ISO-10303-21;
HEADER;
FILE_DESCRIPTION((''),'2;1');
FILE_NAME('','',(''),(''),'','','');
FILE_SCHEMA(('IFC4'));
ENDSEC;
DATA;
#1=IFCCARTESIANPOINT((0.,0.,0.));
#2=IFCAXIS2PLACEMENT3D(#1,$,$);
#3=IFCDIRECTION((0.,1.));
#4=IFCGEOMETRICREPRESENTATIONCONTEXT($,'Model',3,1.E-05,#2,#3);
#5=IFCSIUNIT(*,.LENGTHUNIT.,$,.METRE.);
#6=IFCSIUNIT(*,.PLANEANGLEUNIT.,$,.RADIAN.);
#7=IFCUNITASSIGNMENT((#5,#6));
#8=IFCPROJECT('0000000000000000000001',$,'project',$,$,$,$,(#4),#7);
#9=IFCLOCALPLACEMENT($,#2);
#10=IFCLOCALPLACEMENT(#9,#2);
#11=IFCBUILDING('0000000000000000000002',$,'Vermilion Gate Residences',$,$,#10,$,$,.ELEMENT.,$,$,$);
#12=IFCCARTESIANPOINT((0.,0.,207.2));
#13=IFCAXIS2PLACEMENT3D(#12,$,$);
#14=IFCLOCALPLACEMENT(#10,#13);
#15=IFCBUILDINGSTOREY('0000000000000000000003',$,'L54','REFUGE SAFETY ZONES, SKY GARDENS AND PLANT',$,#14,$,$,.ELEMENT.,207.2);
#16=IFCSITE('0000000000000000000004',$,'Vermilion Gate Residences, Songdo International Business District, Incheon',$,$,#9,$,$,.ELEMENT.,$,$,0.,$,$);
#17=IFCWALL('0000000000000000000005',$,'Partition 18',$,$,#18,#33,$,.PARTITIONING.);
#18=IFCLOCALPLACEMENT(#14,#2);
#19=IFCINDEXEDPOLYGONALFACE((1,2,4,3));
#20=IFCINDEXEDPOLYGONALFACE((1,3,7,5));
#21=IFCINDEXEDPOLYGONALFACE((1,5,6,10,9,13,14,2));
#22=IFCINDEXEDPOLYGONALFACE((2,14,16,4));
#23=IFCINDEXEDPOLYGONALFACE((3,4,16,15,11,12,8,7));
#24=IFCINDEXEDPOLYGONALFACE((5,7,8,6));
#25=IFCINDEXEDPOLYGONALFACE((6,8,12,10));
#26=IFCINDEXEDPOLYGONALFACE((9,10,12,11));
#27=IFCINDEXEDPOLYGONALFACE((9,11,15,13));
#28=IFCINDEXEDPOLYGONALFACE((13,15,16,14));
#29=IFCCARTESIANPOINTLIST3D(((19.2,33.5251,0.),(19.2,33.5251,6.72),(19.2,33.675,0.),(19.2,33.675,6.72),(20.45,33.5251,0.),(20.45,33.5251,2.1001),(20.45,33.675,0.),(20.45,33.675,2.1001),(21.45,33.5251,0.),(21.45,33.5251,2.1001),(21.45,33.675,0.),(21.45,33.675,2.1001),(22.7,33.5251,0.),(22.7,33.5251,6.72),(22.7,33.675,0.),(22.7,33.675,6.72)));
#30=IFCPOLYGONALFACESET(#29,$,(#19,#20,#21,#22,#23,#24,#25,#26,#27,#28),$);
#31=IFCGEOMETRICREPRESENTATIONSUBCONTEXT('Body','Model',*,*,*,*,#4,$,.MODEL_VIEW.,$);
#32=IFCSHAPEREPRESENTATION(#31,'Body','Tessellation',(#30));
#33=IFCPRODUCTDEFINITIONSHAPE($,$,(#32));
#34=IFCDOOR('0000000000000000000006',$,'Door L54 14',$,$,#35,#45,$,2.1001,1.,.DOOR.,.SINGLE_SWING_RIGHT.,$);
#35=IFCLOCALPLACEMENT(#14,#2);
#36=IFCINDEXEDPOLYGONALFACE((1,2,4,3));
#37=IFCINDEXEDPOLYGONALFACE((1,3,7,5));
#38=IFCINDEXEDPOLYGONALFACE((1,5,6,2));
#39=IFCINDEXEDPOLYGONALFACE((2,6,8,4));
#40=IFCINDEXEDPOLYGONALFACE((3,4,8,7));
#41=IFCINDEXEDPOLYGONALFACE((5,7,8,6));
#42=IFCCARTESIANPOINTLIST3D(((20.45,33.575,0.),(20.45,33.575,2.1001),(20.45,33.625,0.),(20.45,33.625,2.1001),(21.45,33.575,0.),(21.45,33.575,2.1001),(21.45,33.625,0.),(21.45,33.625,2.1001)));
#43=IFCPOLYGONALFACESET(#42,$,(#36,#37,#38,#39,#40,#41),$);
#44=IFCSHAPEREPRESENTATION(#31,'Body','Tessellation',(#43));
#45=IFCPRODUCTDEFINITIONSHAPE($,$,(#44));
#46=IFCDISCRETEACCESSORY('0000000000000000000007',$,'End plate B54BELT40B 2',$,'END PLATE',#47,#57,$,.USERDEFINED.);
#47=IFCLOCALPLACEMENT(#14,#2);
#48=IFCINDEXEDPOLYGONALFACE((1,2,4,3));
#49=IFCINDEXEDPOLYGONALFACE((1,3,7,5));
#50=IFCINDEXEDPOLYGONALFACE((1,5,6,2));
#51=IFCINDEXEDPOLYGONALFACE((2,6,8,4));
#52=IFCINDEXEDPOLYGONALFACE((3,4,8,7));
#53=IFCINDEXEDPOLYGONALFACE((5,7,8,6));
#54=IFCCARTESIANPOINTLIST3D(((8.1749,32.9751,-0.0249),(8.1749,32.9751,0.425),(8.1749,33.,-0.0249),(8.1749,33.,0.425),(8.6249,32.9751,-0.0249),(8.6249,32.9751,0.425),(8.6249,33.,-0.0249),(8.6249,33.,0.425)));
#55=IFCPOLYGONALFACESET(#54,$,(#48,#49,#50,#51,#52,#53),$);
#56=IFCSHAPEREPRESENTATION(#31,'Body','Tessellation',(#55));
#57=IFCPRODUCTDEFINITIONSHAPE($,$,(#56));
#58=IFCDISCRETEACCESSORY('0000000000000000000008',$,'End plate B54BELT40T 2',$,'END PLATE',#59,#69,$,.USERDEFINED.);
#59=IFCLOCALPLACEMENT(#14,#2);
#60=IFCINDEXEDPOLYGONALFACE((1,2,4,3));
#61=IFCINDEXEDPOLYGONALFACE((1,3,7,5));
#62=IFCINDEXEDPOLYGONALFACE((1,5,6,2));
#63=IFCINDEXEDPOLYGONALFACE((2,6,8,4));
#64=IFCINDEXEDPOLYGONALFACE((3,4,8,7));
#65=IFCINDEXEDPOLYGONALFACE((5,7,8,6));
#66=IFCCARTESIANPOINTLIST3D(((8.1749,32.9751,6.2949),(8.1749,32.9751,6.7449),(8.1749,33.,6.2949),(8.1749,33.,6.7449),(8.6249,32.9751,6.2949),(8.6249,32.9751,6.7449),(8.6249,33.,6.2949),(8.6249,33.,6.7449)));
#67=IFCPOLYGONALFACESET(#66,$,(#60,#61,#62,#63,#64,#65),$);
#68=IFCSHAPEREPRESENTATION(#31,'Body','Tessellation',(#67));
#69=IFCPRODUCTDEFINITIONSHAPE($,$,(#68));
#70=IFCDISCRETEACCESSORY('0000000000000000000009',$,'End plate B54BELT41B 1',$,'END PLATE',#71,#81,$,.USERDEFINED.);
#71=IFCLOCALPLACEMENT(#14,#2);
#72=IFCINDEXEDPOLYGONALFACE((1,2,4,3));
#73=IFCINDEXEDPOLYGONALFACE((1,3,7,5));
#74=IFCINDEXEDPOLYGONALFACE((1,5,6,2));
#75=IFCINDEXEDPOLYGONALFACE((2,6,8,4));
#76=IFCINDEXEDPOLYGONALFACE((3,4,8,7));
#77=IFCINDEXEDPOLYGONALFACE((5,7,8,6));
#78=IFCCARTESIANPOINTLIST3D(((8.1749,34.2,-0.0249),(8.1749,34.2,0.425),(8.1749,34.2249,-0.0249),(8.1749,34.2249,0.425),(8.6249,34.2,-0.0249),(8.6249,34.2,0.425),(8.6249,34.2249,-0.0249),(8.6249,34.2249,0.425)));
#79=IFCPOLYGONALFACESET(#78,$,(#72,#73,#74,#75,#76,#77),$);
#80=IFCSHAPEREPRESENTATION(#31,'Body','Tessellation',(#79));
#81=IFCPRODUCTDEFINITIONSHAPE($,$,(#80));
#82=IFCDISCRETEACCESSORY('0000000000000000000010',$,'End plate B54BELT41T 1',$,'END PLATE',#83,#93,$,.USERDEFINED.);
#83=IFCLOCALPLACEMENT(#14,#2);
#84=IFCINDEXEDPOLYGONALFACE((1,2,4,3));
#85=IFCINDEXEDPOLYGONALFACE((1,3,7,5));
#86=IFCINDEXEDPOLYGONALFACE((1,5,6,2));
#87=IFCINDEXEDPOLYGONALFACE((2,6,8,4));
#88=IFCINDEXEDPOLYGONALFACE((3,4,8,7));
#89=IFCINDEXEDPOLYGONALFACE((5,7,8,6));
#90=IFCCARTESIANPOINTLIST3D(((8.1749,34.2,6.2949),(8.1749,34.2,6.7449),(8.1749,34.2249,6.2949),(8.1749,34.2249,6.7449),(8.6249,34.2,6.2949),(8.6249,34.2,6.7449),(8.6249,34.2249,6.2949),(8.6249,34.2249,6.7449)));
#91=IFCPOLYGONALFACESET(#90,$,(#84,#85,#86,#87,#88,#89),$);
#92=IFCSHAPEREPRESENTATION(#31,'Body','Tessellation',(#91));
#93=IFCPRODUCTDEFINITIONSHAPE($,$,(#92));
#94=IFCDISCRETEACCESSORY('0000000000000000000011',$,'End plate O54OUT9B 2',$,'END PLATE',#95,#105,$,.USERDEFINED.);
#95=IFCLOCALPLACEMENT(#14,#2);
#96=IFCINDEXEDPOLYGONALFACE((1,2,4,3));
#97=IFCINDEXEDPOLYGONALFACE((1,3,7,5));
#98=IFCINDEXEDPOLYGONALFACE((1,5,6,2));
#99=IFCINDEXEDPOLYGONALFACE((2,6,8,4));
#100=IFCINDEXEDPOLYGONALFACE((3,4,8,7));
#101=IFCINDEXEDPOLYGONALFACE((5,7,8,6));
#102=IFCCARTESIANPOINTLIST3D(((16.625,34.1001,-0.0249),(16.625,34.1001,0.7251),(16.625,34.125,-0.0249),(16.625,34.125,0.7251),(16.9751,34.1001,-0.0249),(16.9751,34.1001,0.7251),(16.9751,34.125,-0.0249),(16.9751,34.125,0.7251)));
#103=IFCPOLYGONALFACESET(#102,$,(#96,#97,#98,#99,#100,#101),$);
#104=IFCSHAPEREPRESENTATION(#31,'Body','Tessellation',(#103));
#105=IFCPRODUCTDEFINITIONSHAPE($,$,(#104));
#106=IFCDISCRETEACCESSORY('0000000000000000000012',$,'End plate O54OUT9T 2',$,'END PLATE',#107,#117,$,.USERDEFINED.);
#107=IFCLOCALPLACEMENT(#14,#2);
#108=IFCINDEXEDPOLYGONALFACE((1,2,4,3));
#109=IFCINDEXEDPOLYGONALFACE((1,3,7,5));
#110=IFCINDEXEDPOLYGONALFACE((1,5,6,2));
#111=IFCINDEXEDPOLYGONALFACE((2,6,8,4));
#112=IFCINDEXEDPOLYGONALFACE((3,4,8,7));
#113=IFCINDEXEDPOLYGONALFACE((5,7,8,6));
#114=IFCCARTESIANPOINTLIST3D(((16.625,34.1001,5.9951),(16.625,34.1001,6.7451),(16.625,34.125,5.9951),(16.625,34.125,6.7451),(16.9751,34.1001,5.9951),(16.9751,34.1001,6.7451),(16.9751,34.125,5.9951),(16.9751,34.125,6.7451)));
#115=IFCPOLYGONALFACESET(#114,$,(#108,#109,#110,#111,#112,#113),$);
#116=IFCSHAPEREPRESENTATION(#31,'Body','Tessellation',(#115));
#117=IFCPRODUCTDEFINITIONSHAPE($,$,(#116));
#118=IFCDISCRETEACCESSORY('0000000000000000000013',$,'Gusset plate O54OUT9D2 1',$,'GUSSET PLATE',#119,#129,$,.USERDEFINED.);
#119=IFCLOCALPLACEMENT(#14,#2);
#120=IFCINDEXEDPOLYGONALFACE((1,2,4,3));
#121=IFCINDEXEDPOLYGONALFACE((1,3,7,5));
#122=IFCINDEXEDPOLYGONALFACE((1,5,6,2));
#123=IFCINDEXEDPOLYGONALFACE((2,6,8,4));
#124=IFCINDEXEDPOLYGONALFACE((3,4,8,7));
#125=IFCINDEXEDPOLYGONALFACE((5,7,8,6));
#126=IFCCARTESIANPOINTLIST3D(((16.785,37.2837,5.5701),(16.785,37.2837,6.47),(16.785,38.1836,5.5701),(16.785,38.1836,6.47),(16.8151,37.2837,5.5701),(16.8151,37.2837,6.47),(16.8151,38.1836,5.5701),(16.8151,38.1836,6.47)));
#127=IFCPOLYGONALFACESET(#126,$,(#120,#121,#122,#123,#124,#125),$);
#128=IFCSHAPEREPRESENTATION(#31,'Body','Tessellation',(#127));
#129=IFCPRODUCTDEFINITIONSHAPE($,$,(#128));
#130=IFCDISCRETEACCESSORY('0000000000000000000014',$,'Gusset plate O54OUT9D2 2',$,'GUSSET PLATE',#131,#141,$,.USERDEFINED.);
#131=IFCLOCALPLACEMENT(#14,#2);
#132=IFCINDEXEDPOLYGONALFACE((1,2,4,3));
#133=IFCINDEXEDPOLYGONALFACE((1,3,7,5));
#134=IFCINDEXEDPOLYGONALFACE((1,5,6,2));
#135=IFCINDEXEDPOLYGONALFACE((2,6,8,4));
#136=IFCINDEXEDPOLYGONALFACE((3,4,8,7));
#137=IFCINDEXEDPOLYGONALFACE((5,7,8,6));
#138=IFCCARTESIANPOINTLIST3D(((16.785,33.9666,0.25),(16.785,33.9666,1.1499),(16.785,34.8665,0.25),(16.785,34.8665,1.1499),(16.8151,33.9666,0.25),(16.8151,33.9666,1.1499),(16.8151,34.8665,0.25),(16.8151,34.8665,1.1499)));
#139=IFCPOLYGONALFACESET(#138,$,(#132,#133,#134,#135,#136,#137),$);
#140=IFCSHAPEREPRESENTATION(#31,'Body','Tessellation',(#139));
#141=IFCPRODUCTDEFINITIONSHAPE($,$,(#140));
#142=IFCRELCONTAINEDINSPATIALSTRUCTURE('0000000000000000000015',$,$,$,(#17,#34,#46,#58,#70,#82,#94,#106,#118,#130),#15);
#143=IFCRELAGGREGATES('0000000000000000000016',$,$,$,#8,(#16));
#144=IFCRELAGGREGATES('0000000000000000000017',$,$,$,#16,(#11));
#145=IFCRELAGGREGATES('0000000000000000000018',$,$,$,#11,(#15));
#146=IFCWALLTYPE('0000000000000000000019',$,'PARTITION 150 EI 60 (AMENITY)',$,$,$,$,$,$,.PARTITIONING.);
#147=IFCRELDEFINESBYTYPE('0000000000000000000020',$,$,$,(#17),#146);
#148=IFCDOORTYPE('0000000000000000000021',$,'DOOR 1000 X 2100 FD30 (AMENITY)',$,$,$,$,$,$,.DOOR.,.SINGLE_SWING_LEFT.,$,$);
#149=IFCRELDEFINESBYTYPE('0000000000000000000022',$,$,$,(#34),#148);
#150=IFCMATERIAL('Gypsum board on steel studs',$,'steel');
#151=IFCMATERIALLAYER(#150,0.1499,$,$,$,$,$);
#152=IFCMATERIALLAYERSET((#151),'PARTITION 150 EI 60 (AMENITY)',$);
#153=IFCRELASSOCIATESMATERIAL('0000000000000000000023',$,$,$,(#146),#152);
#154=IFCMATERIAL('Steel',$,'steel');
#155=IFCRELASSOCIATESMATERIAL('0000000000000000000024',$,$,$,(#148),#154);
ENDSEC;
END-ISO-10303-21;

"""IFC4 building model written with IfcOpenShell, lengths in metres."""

from ifc_helpers import new_model, si_unit, direction, frame, frame_2d, origin, origin_2d, place, context, subcontext, project, spatial, rectangle, extrude, material, layer, layer_set, type_object, element, fill, save


model = new_model("IFC4")

# Units and contexts
model_context = context("Model", 3, precision=1e-05, world=origin(), true_north=direction((0.0, 1.0)))
body_context = subcontext(model_context, "Body", "Model", "MODEL_VIEW")
ifc_project = project(units=[si_unit("LENGTHUNIT", "METRE"), si_unit("PLANEANGLEUNIT", "RADIAN")], contexts=[model_context])

# Site, building, storey
site_placement = place(None, origin())
site = spatial("IfcSite", under=ifc_project, at=site_placement, Name="Vermilion Gate Residences, Songdo International Business District, Incheon", CompositionType="ELEMENT", RefElevation=0.0)
building_placement = place(site_placement, origin())
building = spatial("IfcBuilding", under=site, at=building_placement, Name="Vermilion Gate Residences", CompositionType="ELEMENT")
storey_placement = place(building_placement, frame((0.0, 0.0, 207.2)))
storey = spatial("IfcBuildingStorey", under=building, at=storey_placement, Name="L54", Description="REFUGE SAFETY ZONES, SKY GARDENS AND PLANT", CompositionType="ELEMENT", Elevation=207.2)

# Wall, opening, door
ifc_material_1 = material(Name="Gypsum board on steel studs", Category="steel")
ifc_layer_1 = layer(ifc_material_1, 0.1499)
ifc_layer_set_1 = layer_set([ifc_layer_1], Name="PARTITION 150 EI 60 (AMENITY)")
wall_type_1 = type_object("IfcWallType", Name="PARTITION 150 EI 60 (AMENITY)", PredefinedType="PARTITIONING", material=ifc_layer_set_1)
wall_1_placement = place(storey_placement, frame((19.2, 33.6001, 0.0), z_axis=(0.0, 0.0, 1.0), x_axis=(1.0, 0.0, 0.0)))
wall_1 = element("IfcWall", 1, at=wall_1_placement, inside=storey, type_object=wall_type_1, Name="Partition 18", PredefinedType="PARTITIONING", context=body_context, shape_type="SweptSolid", body=[
    extrude(rectangle(XDim=3.5, YDim=0.1499, at=frame_2d((1.75, 0.0))), origin(), (0.0, 0.0, 1.0), 6.72),
])
opening_1_placement = place(wall_1_placement, frame((1.25, 0.0, 0.0)))
opening_1 = element("IfcOpeningElement", 2, at=opening_1_placement, cuts=wall_1, PredefinedType="OPENING", context=body_context, shape_type="SweptSolid", body=[
    extrude(rectangle(XDim=1.0, YDim=2.1001, at=frame_2d((0.5, 1.05))), frame((0.0, 0.085, 0.0), z_axis=(0.0, -1.0, 0.0), x_axis=(1.0, 0.0, 0.0)), (0.0, 0.0, 1.0), 0.1699),
])
ifc_material_2 = material(Name="Steel", Category="steel")
door_type_1 = type_object("IfcDoorType", Name="DOOR 1000 X 2100 FD30 (AMENITY)", OperationType="SINGLE_SWING_LEFT", PredefinedType="DOOR", material=ifc_material_2)
door_1_placement = place(opening_1_placement, origin())
door_1 = element("IfcDoor", 3, at=door_1_placement, inside=storey, type_object=door_type_1, Name="Door L54 14", OperationType="SINGLE_SWING_RIGHT", OverallHeight=2.1001, OverallWidth=1.0, PredefinedType="DOOR", context=body_context, shape_type="SweptSolid", body=[
    extrude(rectangle(XDim=1.0, YDim=2.1001, at=frame_2d((0.5, 1.05))), frame((0.0, 0.0249, 0.0), z_axis=(0.0, -1.0, 0.0), x_axis=(1.0, 0.0, 0.0)), (0.0, 0.0, 1.0), 0.05),
])
fill(opening_1, door_1)

# Discrete accessories
for number, where, z_axis, x_axis, name in (
    (4, (8.3999, 32.9875, -0.0249), (0.0, 0.0, 1.0), (1.0, 0.0, 0.0), "End plate B54BELT40B 2"),
    (5, (8.3999, 32.9875, 6.2949), (0.0, 0.0, 1.0), (1.0, 0.0, 0.0), "End plate B54BELT40T 2"),
    (6, (8.3999, 34.2124, -0.0249), (0.0, 0.0, 1.0), (1.0, 0.0, 0.0), "End plate B54BELT41B 1"),
    (7, (8.3999, 34.2124, 6.2949), (0.0, 0.0, 1.0), (1.0, 0.0, 0.0), "End plate B54BELT41T 1"),
):
    element("IfcDiscreteAccessory", number, at=place(storey_placement, frame(where, z_axis=z_axis, x_axis=x_axis)), inside=storey, Name=name, ObjectType="END PLATE", PredefinedType="USERDEFINED", context=body_context, shape_type="SweptSolid", body=[
        extrude(rectangle(XDim=0.45, YDim=0.0249, at=origin_2d()), origin(), (0.0, 0.0, 1.0), 0.45),
    ])
for number, where, z_axis, x_axis, name in (
    (8, (16.8, 34.1125, -0.0249), (0.0, 0.0, 1.0), (1.0, 0.0, 0.0), "End plate O54OUT9B 2"),
    (9, (16.8, 34.1125, 5.9951), (0.0, 0.0, 1.0), (1.0, 0.0, 0.0), "End plate O54OUT9T 2"),
):
    element("IfcDiscreteAccessory", number, at=place(storey_placement, frame(where, z_axis=z_axis, x_axis=x_axis)), inside=storey, Name=name, ObjectType="END PLATE", PredefinedType="USERDEFINED", context=body_context, shape_type="SweptSolid", body=[
        extrude(rectangle(XDim=0.3501, YDim=0.0249, at=origin_2d()), origin(), (0.0, 0.0, 1.0), 0.75),
    ])
for number, where, z_axis, x_axis, name in (
    (10, (16.8, 37.7336, 5.5701), (0.0, 0.0, 1.0), (1.0, 0.0, 0.0), "Gusset plate O54OUT9D2 1"),
    (11, (16.8, 34.4165, 0.25), (0.0, 0.0, 1.0), (1.0, 0.0, 0.0), "Gusset plate O54OUT9D2 2"),
):
    element("IfcDiscreteAccessory", number, at=place(storey_placement, frame(where, z_axis=z_axis, x_axis=x_axis)), inside=storey, Name=name, ObjectType="GUSSET PLATE", PredefinedType="USERDEFINED", context=body_context, shape_type="SweptSolid", body=[
        extrude(rectangle(XDim=0.03, YDim=0.8999, at=origin_2d()), origin(), (0.0, 0.0, 1.0), 0.8999),
    ])

save(model, "model.ifc")
